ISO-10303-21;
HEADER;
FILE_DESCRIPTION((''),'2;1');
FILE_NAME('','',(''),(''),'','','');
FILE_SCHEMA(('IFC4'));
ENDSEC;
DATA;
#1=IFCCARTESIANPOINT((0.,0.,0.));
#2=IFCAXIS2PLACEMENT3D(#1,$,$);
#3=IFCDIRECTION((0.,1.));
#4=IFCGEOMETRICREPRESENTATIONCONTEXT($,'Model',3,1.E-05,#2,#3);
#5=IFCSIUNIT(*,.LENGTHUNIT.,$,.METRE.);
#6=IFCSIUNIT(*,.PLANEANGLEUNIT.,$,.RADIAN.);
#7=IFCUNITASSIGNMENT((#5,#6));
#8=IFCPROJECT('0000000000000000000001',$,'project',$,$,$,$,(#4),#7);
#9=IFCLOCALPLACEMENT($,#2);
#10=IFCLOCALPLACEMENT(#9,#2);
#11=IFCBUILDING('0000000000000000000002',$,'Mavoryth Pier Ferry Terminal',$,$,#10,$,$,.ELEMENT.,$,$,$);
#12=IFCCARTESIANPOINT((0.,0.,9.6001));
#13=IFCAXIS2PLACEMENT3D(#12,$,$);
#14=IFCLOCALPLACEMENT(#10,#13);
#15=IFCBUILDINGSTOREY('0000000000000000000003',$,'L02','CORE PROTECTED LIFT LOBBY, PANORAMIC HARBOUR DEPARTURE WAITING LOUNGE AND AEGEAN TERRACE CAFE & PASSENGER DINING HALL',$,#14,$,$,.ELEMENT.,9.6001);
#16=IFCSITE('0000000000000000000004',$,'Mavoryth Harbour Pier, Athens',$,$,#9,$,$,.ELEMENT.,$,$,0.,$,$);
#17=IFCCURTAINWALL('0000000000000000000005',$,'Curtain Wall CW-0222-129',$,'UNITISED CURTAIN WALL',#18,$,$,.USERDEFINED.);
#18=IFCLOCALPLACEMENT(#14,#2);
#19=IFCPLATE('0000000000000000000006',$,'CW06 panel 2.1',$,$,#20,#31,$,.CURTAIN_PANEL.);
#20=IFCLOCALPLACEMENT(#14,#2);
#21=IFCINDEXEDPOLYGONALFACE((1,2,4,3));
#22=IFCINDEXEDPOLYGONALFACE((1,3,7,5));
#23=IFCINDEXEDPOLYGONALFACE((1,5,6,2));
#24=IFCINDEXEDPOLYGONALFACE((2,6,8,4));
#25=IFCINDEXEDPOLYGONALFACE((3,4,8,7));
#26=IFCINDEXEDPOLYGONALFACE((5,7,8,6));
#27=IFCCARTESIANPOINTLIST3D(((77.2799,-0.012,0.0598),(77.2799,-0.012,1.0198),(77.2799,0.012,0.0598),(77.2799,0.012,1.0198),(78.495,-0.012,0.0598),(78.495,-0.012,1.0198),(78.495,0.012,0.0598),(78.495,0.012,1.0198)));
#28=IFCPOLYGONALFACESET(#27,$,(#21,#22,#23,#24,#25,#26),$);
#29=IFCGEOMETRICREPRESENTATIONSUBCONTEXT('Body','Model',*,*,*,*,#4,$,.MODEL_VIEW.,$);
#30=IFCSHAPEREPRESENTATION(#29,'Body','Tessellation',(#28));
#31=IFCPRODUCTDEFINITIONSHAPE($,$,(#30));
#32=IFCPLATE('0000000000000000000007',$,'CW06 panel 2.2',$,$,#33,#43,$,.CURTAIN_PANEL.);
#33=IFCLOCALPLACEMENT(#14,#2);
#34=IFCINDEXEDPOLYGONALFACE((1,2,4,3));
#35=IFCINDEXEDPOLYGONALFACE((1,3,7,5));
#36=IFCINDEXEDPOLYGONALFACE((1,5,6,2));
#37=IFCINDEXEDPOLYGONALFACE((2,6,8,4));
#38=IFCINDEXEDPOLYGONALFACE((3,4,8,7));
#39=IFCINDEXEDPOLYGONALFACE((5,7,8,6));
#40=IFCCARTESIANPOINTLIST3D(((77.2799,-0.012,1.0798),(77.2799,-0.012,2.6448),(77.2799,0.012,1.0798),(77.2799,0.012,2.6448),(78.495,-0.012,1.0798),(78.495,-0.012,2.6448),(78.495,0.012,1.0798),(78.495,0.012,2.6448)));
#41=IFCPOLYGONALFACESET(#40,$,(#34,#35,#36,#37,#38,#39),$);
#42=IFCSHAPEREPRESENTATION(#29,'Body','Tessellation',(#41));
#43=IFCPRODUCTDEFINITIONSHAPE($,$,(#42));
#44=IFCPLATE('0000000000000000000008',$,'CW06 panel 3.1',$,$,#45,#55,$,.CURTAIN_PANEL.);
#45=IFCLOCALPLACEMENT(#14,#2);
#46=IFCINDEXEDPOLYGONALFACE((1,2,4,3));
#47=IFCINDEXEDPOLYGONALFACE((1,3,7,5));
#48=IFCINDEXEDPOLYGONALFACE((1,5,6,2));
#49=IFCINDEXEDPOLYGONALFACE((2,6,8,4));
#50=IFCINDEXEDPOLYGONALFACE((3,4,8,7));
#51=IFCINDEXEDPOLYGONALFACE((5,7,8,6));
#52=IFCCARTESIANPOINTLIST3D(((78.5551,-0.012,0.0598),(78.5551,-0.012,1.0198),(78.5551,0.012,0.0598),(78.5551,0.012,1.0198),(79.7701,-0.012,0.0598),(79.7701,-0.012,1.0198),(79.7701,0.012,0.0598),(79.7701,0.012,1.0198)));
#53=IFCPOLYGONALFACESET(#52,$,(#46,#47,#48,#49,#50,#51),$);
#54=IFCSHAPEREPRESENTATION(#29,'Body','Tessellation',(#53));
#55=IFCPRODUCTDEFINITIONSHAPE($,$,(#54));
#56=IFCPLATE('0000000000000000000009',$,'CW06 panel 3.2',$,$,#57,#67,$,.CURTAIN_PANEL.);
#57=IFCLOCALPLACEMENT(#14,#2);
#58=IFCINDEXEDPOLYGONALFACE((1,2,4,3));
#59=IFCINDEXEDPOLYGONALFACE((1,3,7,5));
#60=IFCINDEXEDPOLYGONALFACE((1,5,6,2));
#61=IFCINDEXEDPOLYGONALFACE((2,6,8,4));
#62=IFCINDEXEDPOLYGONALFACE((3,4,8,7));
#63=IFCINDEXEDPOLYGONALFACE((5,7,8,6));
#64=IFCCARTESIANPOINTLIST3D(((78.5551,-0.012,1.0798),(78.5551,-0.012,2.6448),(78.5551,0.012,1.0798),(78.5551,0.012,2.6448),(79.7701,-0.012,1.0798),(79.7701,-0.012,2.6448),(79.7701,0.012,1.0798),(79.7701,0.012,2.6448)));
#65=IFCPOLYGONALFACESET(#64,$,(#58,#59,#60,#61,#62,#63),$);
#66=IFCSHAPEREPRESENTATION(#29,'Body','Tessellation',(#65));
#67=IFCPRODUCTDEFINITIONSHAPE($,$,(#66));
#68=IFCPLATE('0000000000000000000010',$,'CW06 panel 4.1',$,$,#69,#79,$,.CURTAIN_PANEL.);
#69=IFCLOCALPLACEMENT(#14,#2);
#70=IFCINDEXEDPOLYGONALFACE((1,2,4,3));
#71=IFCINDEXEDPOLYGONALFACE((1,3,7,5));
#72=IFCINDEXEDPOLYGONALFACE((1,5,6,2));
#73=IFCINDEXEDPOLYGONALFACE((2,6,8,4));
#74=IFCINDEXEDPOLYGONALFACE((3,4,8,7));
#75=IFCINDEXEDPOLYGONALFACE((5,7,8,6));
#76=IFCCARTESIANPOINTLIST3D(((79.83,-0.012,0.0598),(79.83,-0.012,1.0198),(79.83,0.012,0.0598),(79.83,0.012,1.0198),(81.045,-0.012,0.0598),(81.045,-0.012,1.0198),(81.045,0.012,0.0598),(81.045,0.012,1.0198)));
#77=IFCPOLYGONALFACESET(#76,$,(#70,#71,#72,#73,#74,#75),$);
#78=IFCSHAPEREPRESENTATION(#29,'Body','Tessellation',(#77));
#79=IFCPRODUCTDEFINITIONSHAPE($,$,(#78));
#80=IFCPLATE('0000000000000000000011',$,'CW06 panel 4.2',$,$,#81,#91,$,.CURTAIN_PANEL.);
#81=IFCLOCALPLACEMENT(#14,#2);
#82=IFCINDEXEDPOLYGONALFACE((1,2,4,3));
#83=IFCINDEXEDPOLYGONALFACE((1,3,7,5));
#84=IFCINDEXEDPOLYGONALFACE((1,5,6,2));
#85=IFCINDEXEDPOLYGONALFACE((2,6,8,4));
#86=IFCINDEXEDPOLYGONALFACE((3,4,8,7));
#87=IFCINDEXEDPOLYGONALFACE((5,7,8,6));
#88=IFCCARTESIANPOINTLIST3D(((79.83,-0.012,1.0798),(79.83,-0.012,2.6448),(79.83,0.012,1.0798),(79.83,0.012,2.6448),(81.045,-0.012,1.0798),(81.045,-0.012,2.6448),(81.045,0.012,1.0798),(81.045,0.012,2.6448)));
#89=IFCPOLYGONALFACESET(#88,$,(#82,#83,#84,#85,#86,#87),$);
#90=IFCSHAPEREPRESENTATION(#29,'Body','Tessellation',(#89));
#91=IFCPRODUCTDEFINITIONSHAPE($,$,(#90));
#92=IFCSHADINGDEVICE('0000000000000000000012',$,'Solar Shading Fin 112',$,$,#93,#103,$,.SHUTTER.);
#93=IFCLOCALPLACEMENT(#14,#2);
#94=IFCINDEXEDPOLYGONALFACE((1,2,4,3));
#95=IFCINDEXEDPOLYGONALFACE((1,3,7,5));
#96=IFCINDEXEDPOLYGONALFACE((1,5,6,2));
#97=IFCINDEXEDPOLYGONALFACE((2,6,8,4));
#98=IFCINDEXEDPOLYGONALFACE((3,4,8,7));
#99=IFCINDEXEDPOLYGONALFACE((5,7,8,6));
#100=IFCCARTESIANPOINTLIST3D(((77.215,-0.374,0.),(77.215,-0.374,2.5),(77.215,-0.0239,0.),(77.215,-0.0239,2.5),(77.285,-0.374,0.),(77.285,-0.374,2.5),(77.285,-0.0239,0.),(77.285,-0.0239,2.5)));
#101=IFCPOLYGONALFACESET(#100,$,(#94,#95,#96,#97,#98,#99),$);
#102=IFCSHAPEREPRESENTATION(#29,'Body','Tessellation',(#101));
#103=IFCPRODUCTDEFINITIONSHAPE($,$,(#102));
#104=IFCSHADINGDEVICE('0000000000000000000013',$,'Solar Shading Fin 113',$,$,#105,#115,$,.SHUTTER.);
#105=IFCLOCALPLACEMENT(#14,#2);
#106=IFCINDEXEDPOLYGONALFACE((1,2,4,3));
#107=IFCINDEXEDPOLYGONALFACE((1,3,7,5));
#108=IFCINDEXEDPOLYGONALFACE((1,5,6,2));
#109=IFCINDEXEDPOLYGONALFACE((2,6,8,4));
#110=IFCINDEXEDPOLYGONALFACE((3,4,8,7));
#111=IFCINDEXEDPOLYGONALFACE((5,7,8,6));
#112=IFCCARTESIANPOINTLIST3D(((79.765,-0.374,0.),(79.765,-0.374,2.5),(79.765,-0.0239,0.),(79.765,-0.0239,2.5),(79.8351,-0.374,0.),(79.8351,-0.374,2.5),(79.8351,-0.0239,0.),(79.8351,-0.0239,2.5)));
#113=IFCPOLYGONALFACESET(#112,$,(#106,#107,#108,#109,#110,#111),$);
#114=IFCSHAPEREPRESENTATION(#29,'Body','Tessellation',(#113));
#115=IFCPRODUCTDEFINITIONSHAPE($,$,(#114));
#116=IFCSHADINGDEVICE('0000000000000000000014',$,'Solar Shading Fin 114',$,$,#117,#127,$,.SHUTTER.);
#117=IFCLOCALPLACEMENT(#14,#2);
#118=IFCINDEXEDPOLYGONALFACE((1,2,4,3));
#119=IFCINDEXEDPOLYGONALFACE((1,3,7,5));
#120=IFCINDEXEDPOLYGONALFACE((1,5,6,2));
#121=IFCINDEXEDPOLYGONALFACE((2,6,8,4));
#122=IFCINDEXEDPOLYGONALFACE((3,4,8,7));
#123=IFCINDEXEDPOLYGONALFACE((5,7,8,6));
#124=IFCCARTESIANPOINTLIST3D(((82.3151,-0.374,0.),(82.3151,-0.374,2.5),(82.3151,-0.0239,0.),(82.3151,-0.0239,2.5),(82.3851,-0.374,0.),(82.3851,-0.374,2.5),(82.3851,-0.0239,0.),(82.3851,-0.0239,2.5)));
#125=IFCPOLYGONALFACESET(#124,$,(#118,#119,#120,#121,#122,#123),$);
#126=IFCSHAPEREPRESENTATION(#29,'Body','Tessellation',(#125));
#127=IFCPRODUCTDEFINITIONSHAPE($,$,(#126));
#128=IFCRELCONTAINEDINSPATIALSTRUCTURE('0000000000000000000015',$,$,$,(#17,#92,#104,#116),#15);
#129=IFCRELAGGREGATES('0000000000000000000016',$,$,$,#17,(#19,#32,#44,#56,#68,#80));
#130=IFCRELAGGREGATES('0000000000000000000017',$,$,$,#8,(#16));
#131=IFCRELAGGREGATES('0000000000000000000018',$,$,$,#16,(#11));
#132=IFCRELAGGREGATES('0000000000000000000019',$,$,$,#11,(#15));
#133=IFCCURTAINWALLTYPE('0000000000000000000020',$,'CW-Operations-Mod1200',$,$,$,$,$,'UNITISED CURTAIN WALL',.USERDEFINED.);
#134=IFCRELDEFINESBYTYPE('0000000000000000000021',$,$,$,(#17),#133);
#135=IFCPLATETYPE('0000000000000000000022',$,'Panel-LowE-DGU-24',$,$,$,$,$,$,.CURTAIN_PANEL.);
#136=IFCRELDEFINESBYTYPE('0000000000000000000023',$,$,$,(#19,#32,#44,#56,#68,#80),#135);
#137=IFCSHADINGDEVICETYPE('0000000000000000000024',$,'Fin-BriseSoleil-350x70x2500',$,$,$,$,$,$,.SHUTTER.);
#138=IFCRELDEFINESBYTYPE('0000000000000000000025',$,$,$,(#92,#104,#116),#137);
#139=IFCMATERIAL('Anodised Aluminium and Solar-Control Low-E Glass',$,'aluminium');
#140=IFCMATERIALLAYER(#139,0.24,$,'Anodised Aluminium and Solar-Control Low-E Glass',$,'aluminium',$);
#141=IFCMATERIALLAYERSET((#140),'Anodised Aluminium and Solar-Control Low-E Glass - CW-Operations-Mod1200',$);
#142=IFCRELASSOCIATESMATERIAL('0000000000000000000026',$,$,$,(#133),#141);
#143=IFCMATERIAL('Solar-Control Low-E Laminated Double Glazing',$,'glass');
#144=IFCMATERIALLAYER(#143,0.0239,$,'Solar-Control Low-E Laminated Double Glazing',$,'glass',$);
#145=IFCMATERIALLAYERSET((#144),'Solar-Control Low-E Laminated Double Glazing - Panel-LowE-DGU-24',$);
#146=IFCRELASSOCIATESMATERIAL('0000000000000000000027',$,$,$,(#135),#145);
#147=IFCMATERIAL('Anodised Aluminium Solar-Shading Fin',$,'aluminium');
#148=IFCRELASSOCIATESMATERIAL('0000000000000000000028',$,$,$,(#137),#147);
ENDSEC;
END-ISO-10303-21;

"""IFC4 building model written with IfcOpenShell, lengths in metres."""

from ifc_helpers import new_model, si_unit, direction, frame, origin, origin_2d, place, context, subcontext, project, spatial, rectangle, extrude, material, layer, layer_set, type_object, element, aggregate, save


model = new_model("IFC4")

# Units and contexts
model_context = context("Model", 3, precision=1e-05, world=origin(), true_north=direction((0.0, 1.0)))
body_context = subcontext(model_context, "Body", "Model", "MODEL_VIEW")
ifc_project = project(units=[si_unit("LENGTHUNIT", "METRE"), si_unit("PLANEANGLEUNIT", "RADIAN")], contexts=[model_context])

# Site, building, storey
site_placement = place(None, origin())
site = spatial("IfcSite", under=ifc_project, at=site_placement, Name="Mavoryth Harbour Pier, Athens", CompositionType="ELEMENT", RefElevation=0.0)
building_placement = place(site_placement, origin())
building = spatial("IfcBuilding", under=site, at=building_placement, Name="Mavoryth Pier Ferry Terminal", CompositionType="ELEMENT")
storey_placement = place(building_placement, frame((0.0, 0.0, 9.6001)))
storey = spatial("IfcBuildingStorey", under=building, at=storey_placement, Name="L02", Description="CORE PROTECTED LIFT LOBBY, PANORAMIC HARBOUR DEPARTURE WAITING LOUNGE AND AEGEAN TERRACE CAFE & PASSENGER DINING HALL", CompositionType="ELEMENT", Elevation=9.6001)

# Curtain wall
ifc_material_1 = material(Name="Anodised Aluminium and Solar-Control Low-E Glass", Category="aluminium")
ifc_layer_1 = layer(ifc_material_1, 0.24, Name="Anodised Aluminium and Solar-Control Low-E Glass", Category="aluminium")
ifc_layer_set_1 = layer_set([ifc_layer_1], Name="Anodised Aluminium and Solar-Control Low-E Glass - CW-Operations-Mod1200")
curtain_wall_type = type_object("IfcCurtainWallType", Name="CW-Operations-Mod1200", ElementType="UNITISED CURTAIN WALL", PredefinedType="USERDEFINED", material=ifc_layer_set_1)
curtain_wall_1_placement = place(storey_placement, origin())
curtain_wall_1 = element("IfcCurtainWall", 1, at=curtain_wall_1_placement, inside=storey, type_object=curtain_wall_type, Name="Curtain Wall CW-0222-129", ObjectType="UNITISED CURTAIN WALL", PredefinedType="USERDEFINED")

# Plates
ifc_material_2 = material(Name="Solar-Control Low-E Laminated Double Glazing", Category="glass")
ifc_layer_2 = layer(ifc_material_2, 0.0239, Name="Solar-Control Low-E Laminated Double Glazing", Category="glass")
ifc_layer_set_2 = layer_set([ifc_layer_2], Name="Solar-Control Low-E Laminated Double Glazing - Panel-LowE-DGU-24")
plate_type = type_object("IfcPlateType", Name="Panel-LowE-DGU-24", PredefinedType="CURTAIN_PANEL", material=ifc_layer_set_2)
plate_1_placement = place(storey_placement, frame((77.8875, 0.0, 0.0598), z_axis=(0.0, 0.0, 1.0), x_axis=(1.0, 0.0, 0.0)))
plate_1 = element("IfcPlate", 2, at=plate_1_placement, type_object=plate_type, Name="CW06 panel 2.1", PredefinedType="CURTAIN_PANEL", context=body_context, shape_type="SweptSolid", body=[
    extrude(rectangle(XDim=1.2151, YDim=0.0239, at=origin_2d()), origin(), (0.0, 0.0, 1.0), 0.96),
])
plate_2_placement = place(storey_placement, frame((77.8875, 0.0, 1.0798), z_axis=(0.0, 0.0, 1.0), x_axis=(1.0, 0.0, 0.0)))
plate_2 = element("IfcPlate", 3, at=plate_2_placement, type_object=plate_type, Name="CW06 panel 2.2", PredefinedType="CURTAIN_PANEL", context=body_context, shape_type="SweptSolid", body=[
    extrude(rectangle(XDim=1.2151, YDim=0.0239, at=origin_2d()), origin(), (0.0, 0.0, 1.0), 1.5649),
])
plate_3_placement = place(storey_placement, frame((79.1626, 0.0, 0.0598), z_axis=(0.0, 0.0, 1.0), x_axis=(1.0, 0.0, 0.0)))
plate_3 = element("IfcPlate", 4, at=plate_3_placement, type_object=plate_type, Name="CW06 panel 3.1", PredefinedType="CURTAIN_PANEL", context=body_context, shape_type="SweptSolid", body=[
    extrude(rectangle(XDim=1.2151, YDim=0.0239, at=origin_2d()), origin(), (0.0, 0.0, 1.0), 0.96),
])
plate_4_placement = place(storey_placement, frame((79.1626, 0.0, 1.0798), z_axis=(0.0, 0.0, 1.0), x_axis=(1.0, 0.0, 0.0)))
plate_4 = element("IfcPlate", 5, at=plate_4_placement, type_object=plate_type, Name="CW06 panel 3.2", PredefinedType="CURTAIN_PANEL", context=body_context, shape_type="SweptSolid", body=[
    extrude(rectangle(XDim=1.2151, YDim=0.0239, at=origin_2d()), origin(), (0.0, 0.0, 1.0), 1.5649),
])
plate_5_placement = place(storey_placement, frame((80.4375, 0.0, 0.0598), z_axis=(0.0, 0.0, 1.0), x_axis=(1.0, 0.0, 0.0)))
plate_5 = element("IfcPlate", 6, at=plate_5_placement, type_object=plate_type, Name="CW06 panel 4.1", PredefinedType="CURTAIN_PANEL", context=body_context, shape_type="SweptSolid", body=[
    extrude(rectangle(XDim=1.2151, YDim=0.0239, at=origin_2d()), origin(), (0.0, 0.0, 1.0), 0.96),
])
plate_6_placement = place(storey_placement, frame((80.4375, 0.0, 1.0798), z_axis=(0.0, 0.0, 1.0), x_axis=(1.0, 0.0, 0.0)))
plate_6 = element("IfcPlate", 7, at=plate_6_placement, type_object=plate_type, Name="CW06 panel 4.2", PredefinedType="CURTAIN_PANEL", context=body_context, shape_type="SweptSolid", body=[
    extrude(rectangle(XDim=1.2151, YDim=0.0239, at=origin_2d()), origin(), (0.0, 0.0, 1.0), 1.5649),
])
aggregate(curtain_wall_1, [plate_1, plate_2, plate_3, plate_4, plate_5, plate_6])

# Shading devices
ifc_material_3 = material(Name="Anodised Aluminium Solar-Shading Fin", Category="aluminium")
shading_device_type = type_object("IfcShadingDeviceType", Name="Fin-BriseSoleil-350x70x2500", PredefinedType="SHUTTER", material=ifc_material_3)
for number, where, z_axis, x_axis, name in (
    (8, (77.25, -0.199, 0.0), (0.0, 0.0, 1.0), (1.0, 0.0, 0.0), "Solar Shading Fin 112"),
    (9, (79.8, -0.199, 0.0), (0.0, 0.0, 1.0), (1.0, 0.0, 0.0), "Solar Shading Fin 113"),
    (10, (82.3501, -0.199, 0.0), (0.0, 0.0, 1.0), (1.0, 0.0, 0.0), "Solar Shading Fin 114"),
):
    element("IfcShadingDevice", number, at=place(storey_placement, frame(where, z_axis=z_axis, x_axis=x_axis)), inside=storey, type_object=shading_device_type, Name=name, PredefinedType="SHUTTER", context=body_context, shape_type="SweptSolid", body=[
        extrude(rectangle(XDim=0.0701, YDim=0.3501, at=origin_2d()), origin(), (0.0, 0.0, 1.0), 2.5),
    ])

save(model, "model.ifc")
